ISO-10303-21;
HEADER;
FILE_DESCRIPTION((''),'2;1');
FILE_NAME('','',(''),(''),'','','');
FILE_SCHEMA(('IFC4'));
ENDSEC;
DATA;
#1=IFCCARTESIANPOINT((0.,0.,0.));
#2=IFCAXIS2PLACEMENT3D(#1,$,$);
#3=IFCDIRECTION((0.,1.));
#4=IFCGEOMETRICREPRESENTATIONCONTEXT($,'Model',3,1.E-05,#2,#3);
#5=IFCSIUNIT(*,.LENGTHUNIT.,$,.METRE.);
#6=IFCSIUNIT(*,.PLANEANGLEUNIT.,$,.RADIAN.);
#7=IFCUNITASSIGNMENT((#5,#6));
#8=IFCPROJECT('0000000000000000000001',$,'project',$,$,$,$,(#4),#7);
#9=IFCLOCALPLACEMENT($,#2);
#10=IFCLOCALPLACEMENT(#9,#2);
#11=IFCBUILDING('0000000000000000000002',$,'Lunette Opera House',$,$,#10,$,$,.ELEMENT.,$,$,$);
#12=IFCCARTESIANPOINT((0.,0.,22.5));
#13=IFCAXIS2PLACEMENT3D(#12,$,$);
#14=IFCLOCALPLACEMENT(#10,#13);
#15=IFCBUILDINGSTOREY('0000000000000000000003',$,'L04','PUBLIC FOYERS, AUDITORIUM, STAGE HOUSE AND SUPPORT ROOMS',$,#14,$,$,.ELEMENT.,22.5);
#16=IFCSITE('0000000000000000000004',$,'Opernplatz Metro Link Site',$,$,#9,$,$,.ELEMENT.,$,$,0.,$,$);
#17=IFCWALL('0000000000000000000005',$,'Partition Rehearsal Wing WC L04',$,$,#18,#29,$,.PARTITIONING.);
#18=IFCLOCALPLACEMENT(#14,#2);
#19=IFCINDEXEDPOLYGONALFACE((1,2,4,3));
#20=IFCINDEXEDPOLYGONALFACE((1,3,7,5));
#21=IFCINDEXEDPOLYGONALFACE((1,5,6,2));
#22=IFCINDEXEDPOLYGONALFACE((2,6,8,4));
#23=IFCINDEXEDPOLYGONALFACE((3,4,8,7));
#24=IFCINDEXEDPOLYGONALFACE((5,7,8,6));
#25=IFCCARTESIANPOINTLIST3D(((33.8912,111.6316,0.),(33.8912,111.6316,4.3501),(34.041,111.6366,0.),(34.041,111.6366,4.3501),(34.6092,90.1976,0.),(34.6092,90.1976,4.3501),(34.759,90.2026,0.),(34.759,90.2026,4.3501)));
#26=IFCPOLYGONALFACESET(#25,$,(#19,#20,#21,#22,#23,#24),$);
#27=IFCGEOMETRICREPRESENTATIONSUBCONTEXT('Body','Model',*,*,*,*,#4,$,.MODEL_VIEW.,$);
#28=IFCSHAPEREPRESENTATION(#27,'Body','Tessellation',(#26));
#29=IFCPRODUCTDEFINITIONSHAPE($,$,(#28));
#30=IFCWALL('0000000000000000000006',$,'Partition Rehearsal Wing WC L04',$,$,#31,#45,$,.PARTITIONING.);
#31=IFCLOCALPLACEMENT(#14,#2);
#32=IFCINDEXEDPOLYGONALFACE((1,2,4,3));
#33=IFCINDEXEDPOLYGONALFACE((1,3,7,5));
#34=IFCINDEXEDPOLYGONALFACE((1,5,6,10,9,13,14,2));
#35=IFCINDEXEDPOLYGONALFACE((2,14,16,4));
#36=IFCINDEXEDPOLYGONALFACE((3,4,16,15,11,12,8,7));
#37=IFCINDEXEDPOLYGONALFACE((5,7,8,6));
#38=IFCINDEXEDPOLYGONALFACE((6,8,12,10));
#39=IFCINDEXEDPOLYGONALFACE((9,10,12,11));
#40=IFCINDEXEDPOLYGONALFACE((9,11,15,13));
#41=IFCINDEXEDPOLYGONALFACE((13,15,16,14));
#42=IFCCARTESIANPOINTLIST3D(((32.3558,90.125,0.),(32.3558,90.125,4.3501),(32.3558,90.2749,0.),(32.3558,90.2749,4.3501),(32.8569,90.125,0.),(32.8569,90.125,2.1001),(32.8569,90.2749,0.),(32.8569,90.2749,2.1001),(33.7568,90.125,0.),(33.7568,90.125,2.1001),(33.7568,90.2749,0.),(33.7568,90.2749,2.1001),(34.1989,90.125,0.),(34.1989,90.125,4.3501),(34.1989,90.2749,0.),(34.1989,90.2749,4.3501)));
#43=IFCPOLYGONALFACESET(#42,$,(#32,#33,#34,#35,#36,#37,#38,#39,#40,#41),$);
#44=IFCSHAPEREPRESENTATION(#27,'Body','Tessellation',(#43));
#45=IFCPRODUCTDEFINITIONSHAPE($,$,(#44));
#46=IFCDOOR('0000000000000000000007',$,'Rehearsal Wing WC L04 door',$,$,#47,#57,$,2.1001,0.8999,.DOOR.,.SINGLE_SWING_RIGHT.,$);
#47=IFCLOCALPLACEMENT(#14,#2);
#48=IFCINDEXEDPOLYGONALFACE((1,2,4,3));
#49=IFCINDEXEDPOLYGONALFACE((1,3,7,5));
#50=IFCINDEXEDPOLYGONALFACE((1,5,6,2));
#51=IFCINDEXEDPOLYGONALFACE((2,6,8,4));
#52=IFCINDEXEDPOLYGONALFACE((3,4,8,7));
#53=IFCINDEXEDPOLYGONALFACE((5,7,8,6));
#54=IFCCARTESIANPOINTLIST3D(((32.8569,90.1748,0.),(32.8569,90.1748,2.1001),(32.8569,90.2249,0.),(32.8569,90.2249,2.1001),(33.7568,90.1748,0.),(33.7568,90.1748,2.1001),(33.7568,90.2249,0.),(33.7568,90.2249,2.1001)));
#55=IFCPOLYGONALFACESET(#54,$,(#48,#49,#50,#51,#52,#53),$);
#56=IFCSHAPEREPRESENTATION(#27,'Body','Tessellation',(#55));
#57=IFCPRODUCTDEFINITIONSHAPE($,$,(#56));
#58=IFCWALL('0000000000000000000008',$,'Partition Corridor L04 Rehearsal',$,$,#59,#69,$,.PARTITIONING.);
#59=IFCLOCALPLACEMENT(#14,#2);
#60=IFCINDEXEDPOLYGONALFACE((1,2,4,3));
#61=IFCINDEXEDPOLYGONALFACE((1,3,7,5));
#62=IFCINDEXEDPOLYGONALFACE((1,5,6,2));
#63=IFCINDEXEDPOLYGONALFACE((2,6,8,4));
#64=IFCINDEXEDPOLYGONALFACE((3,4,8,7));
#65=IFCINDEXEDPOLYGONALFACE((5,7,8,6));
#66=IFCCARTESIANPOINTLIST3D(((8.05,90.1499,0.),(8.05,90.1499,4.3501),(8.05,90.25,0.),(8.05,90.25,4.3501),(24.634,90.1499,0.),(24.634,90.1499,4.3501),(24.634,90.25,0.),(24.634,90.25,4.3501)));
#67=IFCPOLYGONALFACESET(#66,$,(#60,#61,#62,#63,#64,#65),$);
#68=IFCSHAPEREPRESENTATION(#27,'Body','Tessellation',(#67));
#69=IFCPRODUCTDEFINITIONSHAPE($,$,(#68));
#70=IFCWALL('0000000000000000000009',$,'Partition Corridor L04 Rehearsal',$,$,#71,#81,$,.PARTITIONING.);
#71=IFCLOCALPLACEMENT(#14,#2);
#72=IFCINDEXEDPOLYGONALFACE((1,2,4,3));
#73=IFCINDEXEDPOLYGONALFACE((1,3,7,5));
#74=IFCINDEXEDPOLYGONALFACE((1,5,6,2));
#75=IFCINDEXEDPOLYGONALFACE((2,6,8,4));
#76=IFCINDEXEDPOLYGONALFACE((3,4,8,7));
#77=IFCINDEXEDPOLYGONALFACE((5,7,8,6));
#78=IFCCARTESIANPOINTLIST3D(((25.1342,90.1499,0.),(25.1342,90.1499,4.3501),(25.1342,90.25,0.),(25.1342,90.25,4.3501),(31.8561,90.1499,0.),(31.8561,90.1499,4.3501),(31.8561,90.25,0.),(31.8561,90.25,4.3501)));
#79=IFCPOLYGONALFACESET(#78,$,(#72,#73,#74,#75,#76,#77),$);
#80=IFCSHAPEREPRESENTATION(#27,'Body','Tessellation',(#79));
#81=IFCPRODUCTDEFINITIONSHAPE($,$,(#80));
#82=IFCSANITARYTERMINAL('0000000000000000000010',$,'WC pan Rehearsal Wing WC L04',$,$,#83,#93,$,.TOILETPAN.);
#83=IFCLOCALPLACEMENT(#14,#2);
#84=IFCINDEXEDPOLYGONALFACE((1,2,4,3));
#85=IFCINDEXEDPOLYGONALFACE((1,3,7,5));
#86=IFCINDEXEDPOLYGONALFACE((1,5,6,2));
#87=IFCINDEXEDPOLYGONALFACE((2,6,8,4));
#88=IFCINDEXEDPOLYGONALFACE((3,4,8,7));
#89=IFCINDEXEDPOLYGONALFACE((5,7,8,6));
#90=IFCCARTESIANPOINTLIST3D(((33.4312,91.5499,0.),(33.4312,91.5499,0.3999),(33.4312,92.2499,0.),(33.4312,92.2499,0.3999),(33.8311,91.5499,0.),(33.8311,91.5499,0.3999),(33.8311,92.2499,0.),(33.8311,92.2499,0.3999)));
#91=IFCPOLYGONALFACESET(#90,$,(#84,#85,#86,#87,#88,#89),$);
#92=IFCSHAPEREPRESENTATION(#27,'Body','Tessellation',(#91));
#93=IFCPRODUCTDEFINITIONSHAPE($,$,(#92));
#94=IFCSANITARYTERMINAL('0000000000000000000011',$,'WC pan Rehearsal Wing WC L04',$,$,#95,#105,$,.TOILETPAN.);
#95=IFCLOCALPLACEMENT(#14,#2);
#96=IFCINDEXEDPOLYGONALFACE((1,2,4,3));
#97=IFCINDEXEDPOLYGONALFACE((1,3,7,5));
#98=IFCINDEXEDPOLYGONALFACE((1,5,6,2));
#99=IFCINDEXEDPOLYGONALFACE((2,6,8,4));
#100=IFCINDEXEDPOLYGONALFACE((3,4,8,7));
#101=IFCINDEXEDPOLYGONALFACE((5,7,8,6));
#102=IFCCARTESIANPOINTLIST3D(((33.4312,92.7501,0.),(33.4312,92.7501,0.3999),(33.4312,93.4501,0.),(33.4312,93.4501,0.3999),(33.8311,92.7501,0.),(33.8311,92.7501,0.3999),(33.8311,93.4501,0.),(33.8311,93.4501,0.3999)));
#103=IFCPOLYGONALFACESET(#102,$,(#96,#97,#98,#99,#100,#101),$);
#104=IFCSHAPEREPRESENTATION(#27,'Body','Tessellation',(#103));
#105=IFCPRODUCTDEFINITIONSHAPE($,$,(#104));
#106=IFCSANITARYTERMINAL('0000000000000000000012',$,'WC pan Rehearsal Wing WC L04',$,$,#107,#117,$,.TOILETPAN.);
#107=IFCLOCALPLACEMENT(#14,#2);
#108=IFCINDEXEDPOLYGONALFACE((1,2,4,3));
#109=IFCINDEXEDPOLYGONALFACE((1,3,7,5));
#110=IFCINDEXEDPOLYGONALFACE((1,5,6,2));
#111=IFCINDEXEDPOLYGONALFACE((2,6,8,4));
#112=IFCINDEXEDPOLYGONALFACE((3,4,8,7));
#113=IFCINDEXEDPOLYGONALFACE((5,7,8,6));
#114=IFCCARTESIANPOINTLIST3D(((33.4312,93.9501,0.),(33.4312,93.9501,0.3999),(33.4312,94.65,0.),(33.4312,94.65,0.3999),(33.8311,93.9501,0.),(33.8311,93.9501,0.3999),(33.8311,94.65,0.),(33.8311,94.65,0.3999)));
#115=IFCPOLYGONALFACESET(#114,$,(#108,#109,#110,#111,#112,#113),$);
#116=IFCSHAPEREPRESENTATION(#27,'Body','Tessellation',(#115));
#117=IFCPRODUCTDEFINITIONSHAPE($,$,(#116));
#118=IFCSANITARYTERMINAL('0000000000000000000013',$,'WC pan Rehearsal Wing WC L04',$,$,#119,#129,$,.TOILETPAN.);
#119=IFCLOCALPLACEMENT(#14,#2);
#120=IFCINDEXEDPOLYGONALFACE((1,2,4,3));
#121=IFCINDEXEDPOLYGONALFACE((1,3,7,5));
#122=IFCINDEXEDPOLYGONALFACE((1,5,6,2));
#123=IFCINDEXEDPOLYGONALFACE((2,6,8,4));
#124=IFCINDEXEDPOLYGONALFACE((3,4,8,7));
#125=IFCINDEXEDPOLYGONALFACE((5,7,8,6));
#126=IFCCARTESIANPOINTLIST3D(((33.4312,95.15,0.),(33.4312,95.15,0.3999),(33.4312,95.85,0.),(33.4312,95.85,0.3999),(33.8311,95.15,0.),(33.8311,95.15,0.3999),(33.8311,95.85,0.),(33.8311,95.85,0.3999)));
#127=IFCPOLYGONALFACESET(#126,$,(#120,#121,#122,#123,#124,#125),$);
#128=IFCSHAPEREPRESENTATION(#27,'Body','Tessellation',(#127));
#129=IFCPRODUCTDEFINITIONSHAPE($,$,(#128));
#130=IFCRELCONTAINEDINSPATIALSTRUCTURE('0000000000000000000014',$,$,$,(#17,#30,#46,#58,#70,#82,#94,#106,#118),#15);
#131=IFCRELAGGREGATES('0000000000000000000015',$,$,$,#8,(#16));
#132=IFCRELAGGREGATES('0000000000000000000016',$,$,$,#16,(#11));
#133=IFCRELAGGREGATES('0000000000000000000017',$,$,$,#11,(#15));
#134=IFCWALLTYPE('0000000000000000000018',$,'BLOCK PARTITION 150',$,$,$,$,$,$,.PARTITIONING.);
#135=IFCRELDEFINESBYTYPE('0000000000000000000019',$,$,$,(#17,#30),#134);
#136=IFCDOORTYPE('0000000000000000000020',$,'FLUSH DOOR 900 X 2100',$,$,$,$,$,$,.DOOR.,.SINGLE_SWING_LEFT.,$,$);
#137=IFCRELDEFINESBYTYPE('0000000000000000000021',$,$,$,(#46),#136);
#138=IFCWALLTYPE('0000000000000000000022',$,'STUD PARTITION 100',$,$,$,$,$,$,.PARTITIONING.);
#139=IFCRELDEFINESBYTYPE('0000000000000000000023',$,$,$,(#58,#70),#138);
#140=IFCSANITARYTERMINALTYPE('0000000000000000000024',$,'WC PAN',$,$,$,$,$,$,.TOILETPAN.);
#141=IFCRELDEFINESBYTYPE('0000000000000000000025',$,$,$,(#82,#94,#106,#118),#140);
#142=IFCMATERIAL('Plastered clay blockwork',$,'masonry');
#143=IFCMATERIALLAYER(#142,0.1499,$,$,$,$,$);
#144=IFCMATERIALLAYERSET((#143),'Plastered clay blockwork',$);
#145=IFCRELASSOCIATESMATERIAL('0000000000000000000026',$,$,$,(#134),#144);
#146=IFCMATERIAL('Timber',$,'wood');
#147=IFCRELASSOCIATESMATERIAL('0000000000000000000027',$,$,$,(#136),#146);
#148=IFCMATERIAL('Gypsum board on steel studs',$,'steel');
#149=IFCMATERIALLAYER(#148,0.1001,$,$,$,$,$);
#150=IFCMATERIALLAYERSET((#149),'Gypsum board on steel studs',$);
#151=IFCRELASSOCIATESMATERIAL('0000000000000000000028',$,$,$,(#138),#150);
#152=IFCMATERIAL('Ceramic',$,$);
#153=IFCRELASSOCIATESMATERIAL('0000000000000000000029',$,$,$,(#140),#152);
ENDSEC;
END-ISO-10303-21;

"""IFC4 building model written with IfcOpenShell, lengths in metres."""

from ifc_helpers import new_model, si_unit, direction, frame, frame_2d, origin, origin_2d, place, context, subcontext, project, spatial, rectangle, extrude, material, layer, layer_set, type_object, element, fill, save


model = new_model("IFC4")

# Units and contexts
model_context = context("Model", 3, precision=1e-05, world=origin(), true_north=direction((0.0, 1.0)))
body_context = subcontext(model_context, "Body", "Model", "MODEL_VIEW")
ifc_project = project(units=[si_unit("LENGTHUNIT", "METRE"), si_unit("PLANEANGLEUNIT", "RADIAN")], contexts=[model_context])

# Site, building, storey
site_placement = place(None, origin())
site = spatial("IfcSite", under=ifc_project, at=site_placement, Name="Opernplatz Metro Link Site", CompositionType="ELEMENT", RefElevation=0.0)
building_placement = place(site_placement, origin())
building = spatial("IfcBuilding", under=site, at=building_placement, Name="Lunette Opera House", CompositionType="ELEMENT")
storey_placement = place(building_placement, frame((0.0, 0.0, 22.5)))
storey = spatial("IfcBuildingStorey", under=building, at=storey_placement, Name="L04", Description="PUBLIC FOYERS, AUDITORIUM, STAGE HOUSE AND SUPPORT ROOMS", CompositionType="ELEMENT", Elevation=22.5)

# Wall
ifc_material_1 = material(Name="Plastered clay blockwork", Category="masonry")
ifc_layer_1 = layer(ifc_material_1, 0.1499)
ifc_layer_set_1 = layer_set([ifc_layer_1], Name="Plastered clay blockwork")
wall_type_1 = type_object("IfcWallType", Name="BLOCK PARTITION 150", PredefinedType="PARTITIONING", material=ifc_layer_set_1)
wall_1_placement = place(storey_placement, frame((34.6841, 90.2, 0.0), z_axis=(0.0, 0.0, 1.0), x_axis=(-0.03348, 0.999439, 0.0)))
element("IfcWall", 1, at=wall_1_placement, inside=storey, type_object=wall_type_1, Name="Partition Rehearsal Wing WC L04", PredefinedType="PARTITIONING", context=body_context, shape_type="SweptSolid", body=[
    extrude(rectangle(XDim=21.446, YDim=0.1499, at=frame_2d((10.7231, 0.0))), origin(), (0.0, 0.0, 1.0), 4.3501),
])

# Wall, opening, door
wall_2_placement = place(storey_placement, frame((32.356, 90.2, 0.0), z_axis=(0.0, 0.0, 1.0), x_axis=(1.0, 0.0, 0.0)))
wall_2 = element("IfcWall", 2, at=wall_2_placement, inside=storey, type_object=wall_type_1, Name="Partition Rehearsal Wing WC L04", PredefinedType="PARTITIONING", context=body_context, shape_type="SweptSolid", body=[
    extrude(rectangle(XDim=1.843, YDim=0.1499, at=frame_2d((0.9214, 0.0))), origin(), (0.0, 0.0, 1.0), 4.3501),
])
opening_placement = place(wall_2_placement, frame((0.501, 0.0, 0.0)))
opening = element("IfcOpeningElement", 3, at=opening_placement, cuts=wall_2, PredefinedType="OPENING", context=body_context, shape_type="SweptSolid", body=[
    extrude(rectangle(XDim=0.8999, YDim=2.1001, at=frame_2d((0.45, 1.05))), frame((0.0, 0.0869, 0.0), z_axis=(0.0, -1.0, 0.0), x_axis=(1.0, 0.0, 0.0)), (0.0, 0.0, 1.0), 0.1738),
])
ifc_material_2 = material(Name="Timber", Category="wood")
door_type = type_object("IfcDoorType", Name="FLUSH DOOR 900 X 2100", OperationType="SINGLE_SWING_LEFT", PredefinedType="DOOR", material=ifc_material_2)
door_placement = place(opening_placement, origin())
door = element("IfcDoor", 4, at=door_placement, inside=storey, type_object=door_type, Name="Rehearsal Wing WC L04 door", OperationType="SINGLE_SWING_RIGHT", OverallHeight=2.1001, OverallWidth=0.8999, PredefinedType="DOOR", context=body_context, shape_type="SweptSolid", body=[
    extrude(rectangle(XDim=0.8999, YDim=2.1001, at=frame_2d((0.45, 1.05))), frame((0.0, 0.0249, 0.0), z_axis=(0.0, -1.0, 0.0), x_axis=(1.0, 0.0, 0.0)), (0.0, 0.0, 1.0), 0.05),
])
fill(opening, door)

# Walls
ifc_material_3 = material(Name="Gypsum board on steel studs", Category="steel")
ifc_layer_2 = layer(ifc_material_3, 0.1001)
ifc_layer_set_2 = layer_set([ifc_layer_2], Name="Gypsum board on steel studs")
wall_type_2 = type_object("IfcWallType", Name="STUD PARTITION 100", PredefinedType="PARTITIONING", material=ifc_layer_set_2)
wall_3_placement = place(storey_placement, frame((24.634, 90.2, 0.0), z_axis=(0.0, 0.0, 1.0), x_axis=(-1.0, 0.0, 0.0)))
element("IfcWall", 5, at=wall_3_placement, inside=storey, type_object=wall_type_2, Name="Partition Corridor L04 Rehearsal", PredefinedType="PARTITIONING", context=body_context, shape_type="SweptSolid", body=[
    extrude(rectangle(XDim=16.584, YDim=0.1001, at=frame_2d((8.292, 0.0))), origin(), (0.0, 0.0, 1.0), 4.3501),
])
wall_4_placement = place(storey_placement, frame((31.856, 90.2, 0.0), z_axis=(0.0, 0.0, 1.0), x_axis=(-1.0, 0.0, 0.0)))
element("IfcWall", 6, at=wall_4_placement, inside=storey, type_object=wall_type_2, Name="Partition Corridor L04 Rehearsal", PredefinedType="PARTITIONING", context=body_context, shape_type="SweptSolid", body=[
    extrude(rectangle(XDim=6.7219, YDim=0.1001, at=frame_2d((3.3608, 0.0))), origin(), (0.0, 0.0, 1.0), 4.3501),
])

# Sanitary terminals
ifc_material_4 = material(Name="Ceramic")
sanitary_terminal_type = type_object("IfcSanitaryTerminalType", Name="WC PAN", PredefinedType="TOILETPAN", material=ifc_material_4)
for number, where, z_axis, x_axis, name in (
    (7, (33.6311, 91.8999, 0.0), (0.0, 0.0, 1.0), (1.0, 0.0, 0.0), "WC pan Rehearsal Wing WC L04"),
    (8, (33.6311, 93.1001, 0.0), (0.0, 0.0, 1.0), (1.0, 0.0, 0.0), "WC pan Rehearsal Wing WC L04"),
    (9, (33.6311, 94.3, 0.0), (0.0, 0.0, 1.0), (1.0, 0.0, 0.0), "WC pan Rehearsal Wing WC L04"),
    (10, (33.6311, 95.5, 0.0), (0.0, 0.0, 1.0), (1.0, 0.0, 0.0), "WC pan Rehearsal Wing WC L04"),
):
    element("IfcSanitaryTerminal", number, at=place(storey_placement, frame(where, z_axis=z_axis, x_axis=x_axis)), inside=storey, type_object=sanitary_terminal_type, Name=name, PredefinedType="TOILETPAN", context=body_context, shape_type="SweptSolid", body=[
        extrude(rectangle(XDim=0.3999, YDim=0.7, at=origin_2d()), origin(), (0.0, 0.0, 1.0), 0.3999),
    ])

save(model, "model.ifc")
